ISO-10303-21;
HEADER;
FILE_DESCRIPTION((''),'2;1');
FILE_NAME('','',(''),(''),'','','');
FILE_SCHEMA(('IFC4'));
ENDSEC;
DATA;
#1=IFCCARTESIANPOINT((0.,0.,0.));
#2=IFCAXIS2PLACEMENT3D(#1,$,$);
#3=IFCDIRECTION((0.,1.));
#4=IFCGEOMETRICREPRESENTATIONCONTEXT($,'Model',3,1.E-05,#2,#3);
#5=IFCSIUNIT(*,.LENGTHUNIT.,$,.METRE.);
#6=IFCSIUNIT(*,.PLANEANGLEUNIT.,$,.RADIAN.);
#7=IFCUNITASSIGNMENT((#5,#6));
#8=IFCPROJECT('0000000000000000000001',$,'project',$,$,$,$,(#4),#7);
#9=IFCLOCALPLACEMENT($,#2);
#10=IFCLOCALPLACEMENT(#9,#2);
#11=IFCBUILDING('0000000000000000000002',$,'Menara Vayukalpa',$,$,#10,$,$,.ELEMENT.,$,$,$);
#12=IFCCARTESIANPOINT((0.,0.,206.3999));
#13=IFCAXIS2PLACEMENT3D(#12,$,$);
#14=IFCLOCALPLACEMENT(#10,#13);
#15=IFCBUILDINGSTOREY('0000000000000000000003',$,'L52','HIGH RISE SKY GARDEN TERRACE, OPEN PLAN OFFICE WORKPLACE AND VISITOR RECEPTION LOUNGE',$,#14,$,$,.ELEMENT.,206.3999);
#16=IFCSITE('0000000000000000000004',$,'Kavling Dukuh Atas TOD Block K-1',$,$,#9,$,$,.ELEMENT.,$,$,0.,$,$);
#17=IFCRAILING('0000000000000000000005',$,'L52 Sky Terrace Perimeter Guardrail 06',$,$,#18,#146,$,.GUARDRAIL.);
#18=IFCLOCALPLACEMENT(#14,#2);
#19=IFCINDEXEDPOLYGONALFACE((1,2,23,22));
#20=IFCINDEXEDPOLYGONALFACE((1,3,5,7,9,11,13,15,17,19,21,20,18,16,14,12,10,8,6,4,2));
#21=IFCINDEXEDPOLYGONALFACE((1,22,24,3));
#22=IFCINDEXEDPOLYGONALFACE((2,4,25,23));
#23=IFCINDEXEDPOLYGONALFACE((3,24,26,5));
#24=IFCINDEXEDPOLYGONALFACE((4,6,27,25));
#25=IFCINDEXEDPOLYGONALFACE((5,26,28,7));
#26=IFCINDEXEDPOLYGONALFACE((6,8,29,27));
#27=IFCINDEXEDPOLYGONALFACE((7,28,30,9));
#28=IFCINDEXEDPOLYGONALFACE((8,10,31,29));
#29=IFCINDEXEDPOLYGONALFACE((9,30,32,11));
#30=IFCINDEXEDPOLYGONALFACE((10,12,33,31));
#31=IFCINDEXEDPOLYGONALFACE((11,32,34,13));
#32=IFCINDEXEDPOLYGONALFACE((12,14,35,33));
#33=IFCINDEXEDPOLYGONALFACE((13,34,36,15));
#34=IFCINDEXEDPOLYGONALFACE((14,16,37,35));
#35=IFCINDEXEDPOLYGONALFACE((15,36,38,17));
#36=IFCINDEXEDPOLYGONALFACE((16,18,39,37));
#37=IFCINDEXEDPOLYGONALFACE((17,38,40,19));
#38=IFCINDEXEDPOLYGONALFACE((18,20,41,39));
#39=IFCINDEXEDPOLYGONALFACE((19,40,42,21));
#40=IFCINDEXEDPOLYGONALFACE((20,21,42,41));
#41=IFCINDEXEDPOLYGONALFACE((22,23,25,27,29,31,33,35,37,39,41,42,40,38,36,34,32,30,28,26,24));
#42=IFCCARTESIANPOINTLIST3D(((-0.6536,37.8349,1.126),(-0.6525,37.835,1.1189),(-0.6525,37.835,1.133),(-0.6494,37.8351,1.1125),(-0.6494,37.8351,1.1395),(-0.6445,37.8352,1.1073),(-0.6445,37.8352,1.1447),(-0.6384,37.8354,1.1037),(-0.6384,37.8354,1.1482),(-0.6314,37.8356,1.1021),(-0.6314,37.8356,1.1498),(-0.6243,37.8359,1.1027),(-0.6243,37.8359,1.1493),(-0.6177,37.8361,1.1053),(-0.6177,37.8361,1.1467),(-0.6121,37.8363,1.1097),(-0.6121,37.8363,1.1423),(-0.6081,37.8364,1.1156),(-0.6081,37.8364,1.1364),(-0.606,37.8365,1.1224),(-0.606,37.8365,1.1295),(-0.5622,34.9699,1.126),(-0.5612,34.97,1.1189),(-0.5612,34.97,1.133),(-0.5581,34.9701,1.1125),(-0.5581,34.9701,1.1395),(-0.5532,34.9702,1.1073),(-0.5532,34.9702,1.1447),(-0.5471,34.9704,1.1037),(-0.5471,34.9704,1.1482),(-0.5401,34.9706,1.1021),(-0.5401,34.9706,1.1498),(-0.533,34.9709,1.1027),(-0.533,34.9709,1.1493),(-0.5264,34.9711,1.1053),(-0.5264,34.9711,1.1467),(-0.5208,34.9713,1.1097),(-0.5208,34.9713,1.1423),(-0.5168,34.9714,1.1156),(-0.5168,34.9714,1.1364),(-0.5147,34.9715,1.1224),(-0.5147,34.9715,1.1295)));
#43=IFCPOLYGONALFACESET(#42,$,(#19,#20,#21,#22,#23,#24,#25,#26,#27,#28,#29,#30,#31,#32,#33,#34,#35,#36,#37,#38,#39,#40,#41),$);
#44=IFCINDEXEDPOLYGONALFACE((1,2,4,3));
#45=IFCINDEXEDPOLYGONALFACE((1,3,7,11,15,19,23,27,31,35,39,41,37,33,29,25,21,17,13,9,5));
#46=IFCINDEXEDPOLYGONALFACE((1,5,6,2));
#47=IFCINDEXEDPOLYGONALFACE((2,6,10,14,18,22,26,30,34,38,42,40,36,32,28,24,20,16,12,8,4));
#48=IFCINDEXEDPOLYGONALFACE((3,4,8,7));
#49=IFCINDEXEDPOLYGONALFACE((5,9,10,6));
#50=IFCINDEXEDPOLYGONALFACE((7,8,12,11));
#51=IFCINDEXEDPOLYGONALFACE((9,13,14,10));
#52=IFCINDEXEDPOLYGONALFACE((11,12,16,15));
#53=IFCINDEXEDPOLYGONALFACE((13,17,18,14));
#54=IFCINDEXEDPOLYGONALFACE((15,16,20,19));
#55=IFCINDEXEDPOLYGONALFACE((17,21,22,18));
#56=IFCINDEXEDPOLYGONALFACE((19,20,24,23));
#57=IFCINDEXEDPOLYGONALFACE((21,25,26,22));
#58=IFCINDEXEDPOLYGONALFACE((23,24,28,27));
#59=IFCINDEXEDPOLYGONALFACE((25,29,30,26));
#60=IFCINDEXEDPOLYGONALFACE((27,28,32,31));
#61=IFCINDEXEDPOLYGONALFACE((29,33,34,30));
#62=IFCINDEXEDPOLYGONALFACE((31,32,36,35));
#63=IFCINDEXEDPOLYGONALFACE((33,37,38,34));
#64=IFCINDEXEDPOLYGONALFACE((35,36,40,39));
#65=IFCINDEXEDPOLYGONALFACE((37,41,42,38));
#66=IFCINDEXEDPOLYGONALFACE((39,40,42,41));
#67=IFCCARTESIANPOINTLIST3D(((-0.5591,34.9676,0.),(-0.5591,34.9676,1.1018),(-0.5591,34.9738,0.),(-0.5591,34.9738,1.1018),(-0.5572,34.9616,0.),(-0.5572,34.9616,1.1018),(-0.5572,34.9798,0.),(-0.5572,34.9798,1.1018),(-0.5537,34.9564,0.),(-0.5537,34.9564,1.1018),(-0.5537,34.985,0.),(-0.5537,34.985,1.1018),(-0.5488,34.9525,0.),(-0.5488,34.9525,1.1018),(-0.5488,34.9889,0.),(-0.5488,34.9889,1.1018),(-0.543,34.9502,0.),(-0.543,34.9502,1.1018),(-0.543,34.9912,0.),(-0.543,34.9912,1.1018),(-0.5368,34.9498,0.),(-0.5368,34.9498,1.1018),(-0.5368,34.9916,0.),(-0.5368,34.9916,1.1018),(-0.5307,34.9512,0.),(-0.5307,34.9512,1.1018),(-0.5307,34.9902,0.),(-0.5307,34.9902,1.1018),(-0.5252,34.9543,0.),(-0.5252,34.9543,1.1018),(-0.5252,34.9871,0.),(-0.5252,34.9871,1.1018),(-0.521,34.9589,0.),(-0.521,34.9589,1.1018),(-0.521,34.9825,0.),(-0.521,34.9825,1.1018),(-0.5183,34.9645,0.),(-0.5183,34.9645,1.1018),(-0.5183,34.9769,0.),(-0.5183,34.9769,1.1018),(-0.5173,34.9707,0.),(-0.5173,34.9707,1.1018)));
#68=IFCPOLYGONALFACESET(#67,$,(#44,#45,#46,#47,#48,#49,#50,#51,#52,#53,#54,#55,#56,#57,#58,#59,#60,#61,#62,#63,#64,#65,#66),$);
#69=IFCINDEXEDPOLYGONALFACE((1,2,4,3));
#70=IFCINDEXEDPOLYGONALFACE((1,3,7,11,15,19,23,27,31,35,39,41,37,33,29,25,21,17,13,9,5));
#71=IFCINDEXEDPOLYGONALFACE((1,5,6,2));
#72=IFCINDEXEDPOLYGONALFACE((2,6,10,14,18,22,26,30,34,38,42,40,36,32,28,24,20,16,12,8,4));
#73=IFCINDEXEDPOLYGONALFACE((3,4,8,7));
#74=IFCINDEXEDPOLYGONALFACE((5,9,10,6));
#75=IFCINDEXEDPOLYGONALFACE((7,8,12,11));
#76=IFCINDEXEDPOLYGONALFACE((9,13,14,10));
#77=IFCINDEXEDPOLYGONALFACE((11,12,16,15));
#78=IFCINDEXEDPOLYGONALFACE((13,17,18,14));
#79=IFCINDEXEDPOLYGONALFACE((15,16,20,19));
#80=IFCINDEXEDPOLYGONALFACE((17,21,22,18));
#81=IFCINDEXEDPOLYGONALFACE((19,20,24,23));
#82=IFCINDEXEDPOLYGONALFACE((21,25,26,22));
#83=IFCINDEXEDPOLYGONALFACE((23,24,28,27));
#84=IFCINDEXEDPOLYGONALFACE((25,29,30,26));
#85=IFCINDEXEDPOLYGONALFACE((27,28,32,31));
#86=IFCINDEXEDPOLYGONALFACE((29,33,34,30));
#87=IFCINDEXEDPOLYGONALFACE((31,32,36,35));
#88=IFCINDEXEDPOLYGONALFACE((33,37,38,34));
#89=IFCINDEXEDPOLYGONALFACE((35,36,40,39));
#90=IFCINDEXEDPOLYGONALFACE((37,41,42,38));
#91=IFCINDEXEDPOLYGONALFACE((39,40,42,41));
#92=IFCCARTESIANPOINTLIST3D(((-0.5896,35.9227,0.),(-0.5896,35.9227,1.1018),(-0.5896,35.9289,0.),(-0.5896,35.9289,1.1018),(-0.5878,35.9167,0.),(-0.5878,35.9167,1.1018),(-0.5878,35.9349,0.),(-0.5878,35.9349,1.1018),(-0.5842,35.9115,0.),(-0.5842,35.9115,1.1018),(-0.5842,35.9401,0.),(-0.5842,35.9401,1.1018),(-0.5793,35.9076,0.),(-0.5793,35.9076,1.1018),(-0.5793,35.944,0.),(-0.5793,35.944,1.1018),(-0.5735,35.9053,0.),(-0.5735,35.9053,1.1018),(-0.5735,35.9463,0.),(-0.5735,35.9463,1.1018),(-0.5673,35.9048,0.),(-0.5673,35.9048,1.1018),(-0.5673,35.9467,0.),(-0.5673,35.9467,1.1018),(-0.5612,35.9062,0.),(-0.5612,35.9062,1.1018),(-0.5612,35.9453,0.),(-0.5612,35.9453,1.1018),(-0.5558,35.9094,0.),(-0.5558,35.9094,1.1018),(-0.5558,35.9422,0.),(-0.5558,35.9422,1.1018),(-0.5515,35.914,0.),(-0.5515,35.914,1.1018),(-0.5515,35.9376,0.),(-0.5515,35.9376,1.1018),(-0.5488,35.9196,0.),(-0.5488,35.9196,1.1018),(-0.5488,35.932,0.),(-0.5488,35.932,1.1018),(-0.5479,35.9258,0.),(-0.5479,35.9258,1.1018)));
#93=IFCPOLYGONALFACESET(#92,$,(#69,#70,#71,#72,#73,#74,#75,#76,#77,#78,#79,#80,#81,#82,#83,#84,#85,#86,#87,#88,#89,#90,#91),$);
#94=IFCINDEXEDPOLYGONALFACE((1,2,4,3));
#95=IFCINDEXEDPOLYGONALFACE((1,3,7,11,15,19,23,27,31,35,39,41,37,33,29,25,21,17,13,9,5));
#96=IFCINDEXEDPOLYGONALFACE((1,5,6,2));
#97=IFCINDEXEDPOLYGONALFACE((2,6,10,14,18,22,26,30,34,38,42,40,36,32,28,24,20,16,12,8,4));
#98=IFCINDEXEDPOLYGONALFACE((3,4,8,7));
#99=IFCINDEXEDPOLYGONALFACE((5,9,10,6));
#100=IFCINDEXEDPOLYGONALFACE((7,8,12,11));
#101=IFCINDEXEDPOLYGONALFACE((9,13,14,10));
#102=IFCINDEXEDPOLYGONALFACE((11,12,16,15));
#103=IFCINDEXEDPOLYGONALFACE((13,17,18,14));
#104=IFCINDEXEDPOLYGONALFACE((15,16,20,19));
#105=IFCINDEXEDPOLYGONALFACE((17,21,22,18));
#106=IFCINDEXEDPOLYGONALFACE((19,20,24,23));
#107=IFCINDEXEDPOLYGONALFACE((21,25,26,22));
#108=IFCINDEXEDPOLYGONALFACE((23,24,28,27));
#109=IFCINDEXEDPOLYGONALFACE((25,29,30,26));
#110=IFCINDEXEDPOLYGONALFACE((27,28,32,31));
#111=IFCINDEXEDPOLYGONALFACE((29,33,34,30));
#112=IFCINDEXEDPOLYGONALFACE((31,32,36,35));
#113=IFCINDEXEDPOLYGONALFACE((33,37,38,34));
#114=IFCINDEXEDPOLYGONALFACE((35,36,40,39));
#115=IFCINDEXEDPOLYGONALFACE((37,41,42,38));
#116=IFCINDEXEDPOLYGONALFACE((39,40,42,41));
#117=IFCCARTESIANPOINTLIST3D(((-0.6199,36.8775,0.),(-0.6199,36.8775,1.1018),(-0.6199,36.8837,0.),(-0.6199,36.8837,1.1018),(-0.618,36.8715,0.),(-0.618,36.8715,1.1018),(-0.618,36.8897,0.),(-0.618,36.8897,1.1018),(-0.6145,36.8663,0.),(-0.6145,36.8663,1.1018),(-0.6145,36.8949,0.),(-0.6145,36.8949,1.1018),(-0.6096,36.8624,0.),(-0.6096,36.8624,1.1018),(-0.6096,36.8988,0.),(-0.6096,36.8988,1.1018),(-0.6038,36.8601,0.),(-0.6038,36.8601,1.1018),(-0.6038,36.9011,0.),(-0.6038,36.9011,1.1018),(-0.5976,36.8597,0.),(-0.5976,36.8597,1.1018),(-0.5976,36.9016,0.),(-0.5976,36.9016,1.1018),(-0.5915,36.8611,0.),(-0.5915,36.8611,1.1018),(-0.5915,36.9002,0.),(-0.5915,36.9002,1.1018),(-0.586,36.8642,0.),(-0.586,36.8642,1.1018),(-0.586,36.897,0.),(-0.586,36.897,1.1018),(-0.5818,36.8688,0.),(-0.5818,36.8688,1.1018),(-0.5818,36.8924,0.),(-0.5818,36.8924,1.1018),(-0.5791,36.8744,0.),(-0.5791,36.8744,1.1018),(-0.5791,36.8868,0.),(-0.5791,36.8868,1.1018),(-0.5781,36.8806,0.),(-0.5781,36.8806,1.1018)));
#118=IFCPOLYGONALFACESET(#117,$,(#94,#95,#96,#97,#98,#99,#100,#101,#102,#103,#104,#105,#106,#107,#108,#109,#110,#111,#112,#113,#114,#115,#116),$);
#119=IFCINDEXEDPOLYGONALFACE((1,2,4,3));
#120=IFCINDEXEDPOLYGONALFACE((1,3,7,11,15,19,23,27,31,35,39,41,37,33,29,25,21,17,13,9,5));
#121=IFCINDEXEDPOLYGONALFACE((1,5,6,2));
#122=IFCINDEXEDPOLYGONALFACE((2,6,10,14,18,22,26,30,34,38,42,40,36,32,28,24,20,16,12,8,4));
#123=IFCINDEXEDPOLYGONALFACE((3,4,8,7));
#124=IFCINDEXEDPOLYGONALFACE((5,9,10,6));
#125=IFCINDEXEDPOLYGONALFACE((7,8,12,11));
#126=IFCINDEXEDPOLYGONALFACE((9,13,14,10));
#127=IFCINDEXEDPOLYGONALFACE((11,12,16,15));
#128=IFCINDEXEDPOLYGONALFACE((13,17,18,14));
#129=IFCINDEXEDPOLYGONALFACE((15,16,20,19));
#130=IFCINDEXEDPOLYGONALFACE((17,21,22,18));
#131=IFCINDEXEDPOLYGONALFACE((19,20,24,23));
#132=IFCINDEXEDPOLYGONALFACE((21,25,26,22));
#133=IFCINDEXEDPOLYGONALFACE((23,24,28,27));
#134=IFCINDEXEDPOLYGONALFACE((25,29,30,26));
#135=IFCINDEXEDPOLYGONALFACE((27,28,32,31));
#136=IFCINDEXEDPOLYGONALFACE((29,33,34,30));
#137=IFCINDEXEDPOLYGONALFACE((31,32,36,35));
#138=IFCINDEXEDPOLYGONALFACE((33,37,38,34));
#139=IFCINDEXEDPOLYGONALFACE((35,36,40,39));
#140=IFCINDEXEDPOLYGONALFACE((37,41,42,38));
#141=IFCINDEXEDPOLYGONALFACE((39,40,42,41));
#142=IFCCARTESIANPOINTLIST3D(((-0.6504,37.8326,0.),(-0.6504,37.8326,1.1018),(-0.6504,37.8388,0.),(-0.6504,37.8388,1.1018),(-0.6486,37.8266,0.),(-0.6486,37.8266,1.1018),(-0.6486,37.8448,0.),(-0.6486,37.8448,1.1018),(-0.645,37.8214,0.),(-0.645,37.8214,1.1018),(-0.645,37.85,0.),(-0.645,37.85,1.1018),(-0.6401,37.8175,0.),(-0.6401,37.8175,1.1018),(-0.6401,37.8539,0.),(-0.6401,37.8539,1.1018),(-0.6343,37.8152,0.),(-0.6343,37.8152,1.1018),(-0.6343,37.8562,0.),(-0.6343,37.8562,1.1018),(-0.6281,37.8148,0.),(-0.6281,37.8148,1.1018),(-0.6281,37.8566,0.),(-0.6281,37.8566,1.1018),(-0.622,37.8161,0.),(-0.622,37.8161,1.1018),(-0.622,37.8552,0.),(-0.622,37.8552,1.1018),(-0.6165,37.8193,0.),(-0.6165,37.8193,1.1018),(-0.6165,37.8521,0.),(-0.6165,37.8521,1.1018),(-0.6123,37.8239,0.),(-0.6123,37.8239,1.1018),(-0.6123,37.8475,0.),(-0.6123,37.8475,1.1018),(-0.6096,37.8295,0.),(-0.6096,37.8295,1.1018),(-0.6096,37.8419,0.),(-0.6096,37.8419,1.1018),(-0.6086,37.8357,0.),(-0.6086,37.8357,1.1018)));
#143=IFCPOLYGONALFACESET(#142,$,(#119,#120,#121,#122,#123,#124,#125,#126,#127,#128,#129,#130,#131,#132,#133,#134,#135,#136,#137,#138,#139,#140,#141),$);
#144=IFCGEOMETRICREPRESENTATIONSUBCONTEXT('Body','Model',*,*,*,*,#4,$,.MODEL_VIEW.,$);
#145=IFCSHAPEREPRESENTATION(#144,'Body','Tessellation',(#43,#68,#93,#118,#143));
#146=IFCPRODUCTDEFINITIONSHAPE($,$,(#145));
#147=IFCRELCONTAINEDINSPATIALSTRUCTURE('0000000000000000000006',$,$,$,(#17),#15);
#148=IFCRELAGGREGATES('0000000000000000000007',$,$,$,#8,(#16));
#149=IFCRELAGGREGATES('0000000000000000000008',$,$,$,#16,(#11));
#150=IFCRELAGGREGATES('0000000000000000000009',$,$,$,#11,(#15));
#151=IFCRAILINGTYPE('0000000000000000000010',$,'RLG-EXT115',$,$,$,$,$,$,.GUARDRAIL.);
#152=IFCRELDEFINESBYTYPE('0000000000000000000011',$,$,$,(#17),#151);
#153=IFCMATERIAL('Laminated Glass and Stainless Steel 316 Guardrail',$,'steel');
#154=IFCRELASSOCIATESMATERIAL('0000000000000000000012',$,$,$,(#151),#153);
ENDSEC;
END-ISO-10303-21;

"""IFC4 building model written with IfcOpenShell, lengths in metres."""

from ifc_helpers import new_model, si_unit, direction, frame, origin, origin_2d, place, context, subcontext, project, spatial, circle, extrude, material, type_object, element, save


model = new_model("IFC4")

# Units and contexts
model_context = context("Model", 3, precision=1e-05, world=origin(), true_north=direction((0.0, 1.0)))
body_context = subcontext(model_context, "Body", "Model", "MODEL_VIEW")
ifc_project = project(units=[si_unit("LENGTHUNIT", "METRE"), si_unit("PLANEANGLEUNIT", "RADIAN")], contexts=[model_context])

# Site, building, storey
site_placement = place(None, origin())
site = spatial("IfcSite", under=ifc_project, at=site_placement, Name="Kavling Dukuh Atas TOD Block K-1", CompositionType="ELEMENT", RefElevation=0.0)
building_placement = place(site_placement, origin())
building = spatial("IfcBuilding", under=site, at=building_placement, Name="Menara Vayukalpa", CompositionType="ELEMENT")
storey_placement = place(building_placement, frame((0.0, 0.0, 206.3999)))
storey = spatial("IfcBuildingStorey", under=building, at=storey_placement, Name="L52", Description="HIGH RISE SKY GARDEN TERRACE, OPEN PLAN OFFICE WORKPLACE AND VISITOR RECEPTION LOUNGE", CompositionType="ELEMENT", Elevation=206.3999)

# Railing
ifc_material_1 = material(Name="Laminated Glass and Stainless Steel 316 Guardrail", Category="steel")
railing_type = type_object("IfcRailingType", Name="RLG-EXT115", PredefinedType="GUARDRAIL", material=ifc_material_1)
railing_1_placement = place(storey_placement, frame((-0.5383, 34.9707, 0.0)))
element("IfcRailing", 1, at=railing_1_placement, inside=storey, type_object=railing_type, Name="L52 Sky Terrace Perimeter Guardrail 06", PredefinedType="GUARDRAIL", context=body_context, shape_type="SweptSolid", body=[
    extrude(circle(Radius=0.0239, at=origin_2d()), frame((0.0, 0.0, 1.126), z_axis=(-0.031854, 0.999493, 0.0), x_axis=(-0.999493, -0.031854, 0.0)), (0.0, 0.0, 1.0), 2.8665),
    extrude(circle(Radius=0.021, at=origin_2d()), origin(), (0.0, 0.0, 1.0), 1.1018),
    extrude(circle(Radius=0.021, at=origin_2d()), frame((-0.0305, 0.9551, 0.0)), (0.0, 0.0, 1.0), 1.1018),
    extrude(circle(Radius=0.021, at=origin_2d()), frame((-0.0608, 1.9099, 0.0)), (0.0, 0.0, 1.0), 1.1018),
    extrude(circle(Radius=0.021, at=origin_2d()), frame((-0.0913, 2.865, 0.0)), (0.0, 0.0, 1.0), 1.1018),
])

save(model, "model.ifc")
